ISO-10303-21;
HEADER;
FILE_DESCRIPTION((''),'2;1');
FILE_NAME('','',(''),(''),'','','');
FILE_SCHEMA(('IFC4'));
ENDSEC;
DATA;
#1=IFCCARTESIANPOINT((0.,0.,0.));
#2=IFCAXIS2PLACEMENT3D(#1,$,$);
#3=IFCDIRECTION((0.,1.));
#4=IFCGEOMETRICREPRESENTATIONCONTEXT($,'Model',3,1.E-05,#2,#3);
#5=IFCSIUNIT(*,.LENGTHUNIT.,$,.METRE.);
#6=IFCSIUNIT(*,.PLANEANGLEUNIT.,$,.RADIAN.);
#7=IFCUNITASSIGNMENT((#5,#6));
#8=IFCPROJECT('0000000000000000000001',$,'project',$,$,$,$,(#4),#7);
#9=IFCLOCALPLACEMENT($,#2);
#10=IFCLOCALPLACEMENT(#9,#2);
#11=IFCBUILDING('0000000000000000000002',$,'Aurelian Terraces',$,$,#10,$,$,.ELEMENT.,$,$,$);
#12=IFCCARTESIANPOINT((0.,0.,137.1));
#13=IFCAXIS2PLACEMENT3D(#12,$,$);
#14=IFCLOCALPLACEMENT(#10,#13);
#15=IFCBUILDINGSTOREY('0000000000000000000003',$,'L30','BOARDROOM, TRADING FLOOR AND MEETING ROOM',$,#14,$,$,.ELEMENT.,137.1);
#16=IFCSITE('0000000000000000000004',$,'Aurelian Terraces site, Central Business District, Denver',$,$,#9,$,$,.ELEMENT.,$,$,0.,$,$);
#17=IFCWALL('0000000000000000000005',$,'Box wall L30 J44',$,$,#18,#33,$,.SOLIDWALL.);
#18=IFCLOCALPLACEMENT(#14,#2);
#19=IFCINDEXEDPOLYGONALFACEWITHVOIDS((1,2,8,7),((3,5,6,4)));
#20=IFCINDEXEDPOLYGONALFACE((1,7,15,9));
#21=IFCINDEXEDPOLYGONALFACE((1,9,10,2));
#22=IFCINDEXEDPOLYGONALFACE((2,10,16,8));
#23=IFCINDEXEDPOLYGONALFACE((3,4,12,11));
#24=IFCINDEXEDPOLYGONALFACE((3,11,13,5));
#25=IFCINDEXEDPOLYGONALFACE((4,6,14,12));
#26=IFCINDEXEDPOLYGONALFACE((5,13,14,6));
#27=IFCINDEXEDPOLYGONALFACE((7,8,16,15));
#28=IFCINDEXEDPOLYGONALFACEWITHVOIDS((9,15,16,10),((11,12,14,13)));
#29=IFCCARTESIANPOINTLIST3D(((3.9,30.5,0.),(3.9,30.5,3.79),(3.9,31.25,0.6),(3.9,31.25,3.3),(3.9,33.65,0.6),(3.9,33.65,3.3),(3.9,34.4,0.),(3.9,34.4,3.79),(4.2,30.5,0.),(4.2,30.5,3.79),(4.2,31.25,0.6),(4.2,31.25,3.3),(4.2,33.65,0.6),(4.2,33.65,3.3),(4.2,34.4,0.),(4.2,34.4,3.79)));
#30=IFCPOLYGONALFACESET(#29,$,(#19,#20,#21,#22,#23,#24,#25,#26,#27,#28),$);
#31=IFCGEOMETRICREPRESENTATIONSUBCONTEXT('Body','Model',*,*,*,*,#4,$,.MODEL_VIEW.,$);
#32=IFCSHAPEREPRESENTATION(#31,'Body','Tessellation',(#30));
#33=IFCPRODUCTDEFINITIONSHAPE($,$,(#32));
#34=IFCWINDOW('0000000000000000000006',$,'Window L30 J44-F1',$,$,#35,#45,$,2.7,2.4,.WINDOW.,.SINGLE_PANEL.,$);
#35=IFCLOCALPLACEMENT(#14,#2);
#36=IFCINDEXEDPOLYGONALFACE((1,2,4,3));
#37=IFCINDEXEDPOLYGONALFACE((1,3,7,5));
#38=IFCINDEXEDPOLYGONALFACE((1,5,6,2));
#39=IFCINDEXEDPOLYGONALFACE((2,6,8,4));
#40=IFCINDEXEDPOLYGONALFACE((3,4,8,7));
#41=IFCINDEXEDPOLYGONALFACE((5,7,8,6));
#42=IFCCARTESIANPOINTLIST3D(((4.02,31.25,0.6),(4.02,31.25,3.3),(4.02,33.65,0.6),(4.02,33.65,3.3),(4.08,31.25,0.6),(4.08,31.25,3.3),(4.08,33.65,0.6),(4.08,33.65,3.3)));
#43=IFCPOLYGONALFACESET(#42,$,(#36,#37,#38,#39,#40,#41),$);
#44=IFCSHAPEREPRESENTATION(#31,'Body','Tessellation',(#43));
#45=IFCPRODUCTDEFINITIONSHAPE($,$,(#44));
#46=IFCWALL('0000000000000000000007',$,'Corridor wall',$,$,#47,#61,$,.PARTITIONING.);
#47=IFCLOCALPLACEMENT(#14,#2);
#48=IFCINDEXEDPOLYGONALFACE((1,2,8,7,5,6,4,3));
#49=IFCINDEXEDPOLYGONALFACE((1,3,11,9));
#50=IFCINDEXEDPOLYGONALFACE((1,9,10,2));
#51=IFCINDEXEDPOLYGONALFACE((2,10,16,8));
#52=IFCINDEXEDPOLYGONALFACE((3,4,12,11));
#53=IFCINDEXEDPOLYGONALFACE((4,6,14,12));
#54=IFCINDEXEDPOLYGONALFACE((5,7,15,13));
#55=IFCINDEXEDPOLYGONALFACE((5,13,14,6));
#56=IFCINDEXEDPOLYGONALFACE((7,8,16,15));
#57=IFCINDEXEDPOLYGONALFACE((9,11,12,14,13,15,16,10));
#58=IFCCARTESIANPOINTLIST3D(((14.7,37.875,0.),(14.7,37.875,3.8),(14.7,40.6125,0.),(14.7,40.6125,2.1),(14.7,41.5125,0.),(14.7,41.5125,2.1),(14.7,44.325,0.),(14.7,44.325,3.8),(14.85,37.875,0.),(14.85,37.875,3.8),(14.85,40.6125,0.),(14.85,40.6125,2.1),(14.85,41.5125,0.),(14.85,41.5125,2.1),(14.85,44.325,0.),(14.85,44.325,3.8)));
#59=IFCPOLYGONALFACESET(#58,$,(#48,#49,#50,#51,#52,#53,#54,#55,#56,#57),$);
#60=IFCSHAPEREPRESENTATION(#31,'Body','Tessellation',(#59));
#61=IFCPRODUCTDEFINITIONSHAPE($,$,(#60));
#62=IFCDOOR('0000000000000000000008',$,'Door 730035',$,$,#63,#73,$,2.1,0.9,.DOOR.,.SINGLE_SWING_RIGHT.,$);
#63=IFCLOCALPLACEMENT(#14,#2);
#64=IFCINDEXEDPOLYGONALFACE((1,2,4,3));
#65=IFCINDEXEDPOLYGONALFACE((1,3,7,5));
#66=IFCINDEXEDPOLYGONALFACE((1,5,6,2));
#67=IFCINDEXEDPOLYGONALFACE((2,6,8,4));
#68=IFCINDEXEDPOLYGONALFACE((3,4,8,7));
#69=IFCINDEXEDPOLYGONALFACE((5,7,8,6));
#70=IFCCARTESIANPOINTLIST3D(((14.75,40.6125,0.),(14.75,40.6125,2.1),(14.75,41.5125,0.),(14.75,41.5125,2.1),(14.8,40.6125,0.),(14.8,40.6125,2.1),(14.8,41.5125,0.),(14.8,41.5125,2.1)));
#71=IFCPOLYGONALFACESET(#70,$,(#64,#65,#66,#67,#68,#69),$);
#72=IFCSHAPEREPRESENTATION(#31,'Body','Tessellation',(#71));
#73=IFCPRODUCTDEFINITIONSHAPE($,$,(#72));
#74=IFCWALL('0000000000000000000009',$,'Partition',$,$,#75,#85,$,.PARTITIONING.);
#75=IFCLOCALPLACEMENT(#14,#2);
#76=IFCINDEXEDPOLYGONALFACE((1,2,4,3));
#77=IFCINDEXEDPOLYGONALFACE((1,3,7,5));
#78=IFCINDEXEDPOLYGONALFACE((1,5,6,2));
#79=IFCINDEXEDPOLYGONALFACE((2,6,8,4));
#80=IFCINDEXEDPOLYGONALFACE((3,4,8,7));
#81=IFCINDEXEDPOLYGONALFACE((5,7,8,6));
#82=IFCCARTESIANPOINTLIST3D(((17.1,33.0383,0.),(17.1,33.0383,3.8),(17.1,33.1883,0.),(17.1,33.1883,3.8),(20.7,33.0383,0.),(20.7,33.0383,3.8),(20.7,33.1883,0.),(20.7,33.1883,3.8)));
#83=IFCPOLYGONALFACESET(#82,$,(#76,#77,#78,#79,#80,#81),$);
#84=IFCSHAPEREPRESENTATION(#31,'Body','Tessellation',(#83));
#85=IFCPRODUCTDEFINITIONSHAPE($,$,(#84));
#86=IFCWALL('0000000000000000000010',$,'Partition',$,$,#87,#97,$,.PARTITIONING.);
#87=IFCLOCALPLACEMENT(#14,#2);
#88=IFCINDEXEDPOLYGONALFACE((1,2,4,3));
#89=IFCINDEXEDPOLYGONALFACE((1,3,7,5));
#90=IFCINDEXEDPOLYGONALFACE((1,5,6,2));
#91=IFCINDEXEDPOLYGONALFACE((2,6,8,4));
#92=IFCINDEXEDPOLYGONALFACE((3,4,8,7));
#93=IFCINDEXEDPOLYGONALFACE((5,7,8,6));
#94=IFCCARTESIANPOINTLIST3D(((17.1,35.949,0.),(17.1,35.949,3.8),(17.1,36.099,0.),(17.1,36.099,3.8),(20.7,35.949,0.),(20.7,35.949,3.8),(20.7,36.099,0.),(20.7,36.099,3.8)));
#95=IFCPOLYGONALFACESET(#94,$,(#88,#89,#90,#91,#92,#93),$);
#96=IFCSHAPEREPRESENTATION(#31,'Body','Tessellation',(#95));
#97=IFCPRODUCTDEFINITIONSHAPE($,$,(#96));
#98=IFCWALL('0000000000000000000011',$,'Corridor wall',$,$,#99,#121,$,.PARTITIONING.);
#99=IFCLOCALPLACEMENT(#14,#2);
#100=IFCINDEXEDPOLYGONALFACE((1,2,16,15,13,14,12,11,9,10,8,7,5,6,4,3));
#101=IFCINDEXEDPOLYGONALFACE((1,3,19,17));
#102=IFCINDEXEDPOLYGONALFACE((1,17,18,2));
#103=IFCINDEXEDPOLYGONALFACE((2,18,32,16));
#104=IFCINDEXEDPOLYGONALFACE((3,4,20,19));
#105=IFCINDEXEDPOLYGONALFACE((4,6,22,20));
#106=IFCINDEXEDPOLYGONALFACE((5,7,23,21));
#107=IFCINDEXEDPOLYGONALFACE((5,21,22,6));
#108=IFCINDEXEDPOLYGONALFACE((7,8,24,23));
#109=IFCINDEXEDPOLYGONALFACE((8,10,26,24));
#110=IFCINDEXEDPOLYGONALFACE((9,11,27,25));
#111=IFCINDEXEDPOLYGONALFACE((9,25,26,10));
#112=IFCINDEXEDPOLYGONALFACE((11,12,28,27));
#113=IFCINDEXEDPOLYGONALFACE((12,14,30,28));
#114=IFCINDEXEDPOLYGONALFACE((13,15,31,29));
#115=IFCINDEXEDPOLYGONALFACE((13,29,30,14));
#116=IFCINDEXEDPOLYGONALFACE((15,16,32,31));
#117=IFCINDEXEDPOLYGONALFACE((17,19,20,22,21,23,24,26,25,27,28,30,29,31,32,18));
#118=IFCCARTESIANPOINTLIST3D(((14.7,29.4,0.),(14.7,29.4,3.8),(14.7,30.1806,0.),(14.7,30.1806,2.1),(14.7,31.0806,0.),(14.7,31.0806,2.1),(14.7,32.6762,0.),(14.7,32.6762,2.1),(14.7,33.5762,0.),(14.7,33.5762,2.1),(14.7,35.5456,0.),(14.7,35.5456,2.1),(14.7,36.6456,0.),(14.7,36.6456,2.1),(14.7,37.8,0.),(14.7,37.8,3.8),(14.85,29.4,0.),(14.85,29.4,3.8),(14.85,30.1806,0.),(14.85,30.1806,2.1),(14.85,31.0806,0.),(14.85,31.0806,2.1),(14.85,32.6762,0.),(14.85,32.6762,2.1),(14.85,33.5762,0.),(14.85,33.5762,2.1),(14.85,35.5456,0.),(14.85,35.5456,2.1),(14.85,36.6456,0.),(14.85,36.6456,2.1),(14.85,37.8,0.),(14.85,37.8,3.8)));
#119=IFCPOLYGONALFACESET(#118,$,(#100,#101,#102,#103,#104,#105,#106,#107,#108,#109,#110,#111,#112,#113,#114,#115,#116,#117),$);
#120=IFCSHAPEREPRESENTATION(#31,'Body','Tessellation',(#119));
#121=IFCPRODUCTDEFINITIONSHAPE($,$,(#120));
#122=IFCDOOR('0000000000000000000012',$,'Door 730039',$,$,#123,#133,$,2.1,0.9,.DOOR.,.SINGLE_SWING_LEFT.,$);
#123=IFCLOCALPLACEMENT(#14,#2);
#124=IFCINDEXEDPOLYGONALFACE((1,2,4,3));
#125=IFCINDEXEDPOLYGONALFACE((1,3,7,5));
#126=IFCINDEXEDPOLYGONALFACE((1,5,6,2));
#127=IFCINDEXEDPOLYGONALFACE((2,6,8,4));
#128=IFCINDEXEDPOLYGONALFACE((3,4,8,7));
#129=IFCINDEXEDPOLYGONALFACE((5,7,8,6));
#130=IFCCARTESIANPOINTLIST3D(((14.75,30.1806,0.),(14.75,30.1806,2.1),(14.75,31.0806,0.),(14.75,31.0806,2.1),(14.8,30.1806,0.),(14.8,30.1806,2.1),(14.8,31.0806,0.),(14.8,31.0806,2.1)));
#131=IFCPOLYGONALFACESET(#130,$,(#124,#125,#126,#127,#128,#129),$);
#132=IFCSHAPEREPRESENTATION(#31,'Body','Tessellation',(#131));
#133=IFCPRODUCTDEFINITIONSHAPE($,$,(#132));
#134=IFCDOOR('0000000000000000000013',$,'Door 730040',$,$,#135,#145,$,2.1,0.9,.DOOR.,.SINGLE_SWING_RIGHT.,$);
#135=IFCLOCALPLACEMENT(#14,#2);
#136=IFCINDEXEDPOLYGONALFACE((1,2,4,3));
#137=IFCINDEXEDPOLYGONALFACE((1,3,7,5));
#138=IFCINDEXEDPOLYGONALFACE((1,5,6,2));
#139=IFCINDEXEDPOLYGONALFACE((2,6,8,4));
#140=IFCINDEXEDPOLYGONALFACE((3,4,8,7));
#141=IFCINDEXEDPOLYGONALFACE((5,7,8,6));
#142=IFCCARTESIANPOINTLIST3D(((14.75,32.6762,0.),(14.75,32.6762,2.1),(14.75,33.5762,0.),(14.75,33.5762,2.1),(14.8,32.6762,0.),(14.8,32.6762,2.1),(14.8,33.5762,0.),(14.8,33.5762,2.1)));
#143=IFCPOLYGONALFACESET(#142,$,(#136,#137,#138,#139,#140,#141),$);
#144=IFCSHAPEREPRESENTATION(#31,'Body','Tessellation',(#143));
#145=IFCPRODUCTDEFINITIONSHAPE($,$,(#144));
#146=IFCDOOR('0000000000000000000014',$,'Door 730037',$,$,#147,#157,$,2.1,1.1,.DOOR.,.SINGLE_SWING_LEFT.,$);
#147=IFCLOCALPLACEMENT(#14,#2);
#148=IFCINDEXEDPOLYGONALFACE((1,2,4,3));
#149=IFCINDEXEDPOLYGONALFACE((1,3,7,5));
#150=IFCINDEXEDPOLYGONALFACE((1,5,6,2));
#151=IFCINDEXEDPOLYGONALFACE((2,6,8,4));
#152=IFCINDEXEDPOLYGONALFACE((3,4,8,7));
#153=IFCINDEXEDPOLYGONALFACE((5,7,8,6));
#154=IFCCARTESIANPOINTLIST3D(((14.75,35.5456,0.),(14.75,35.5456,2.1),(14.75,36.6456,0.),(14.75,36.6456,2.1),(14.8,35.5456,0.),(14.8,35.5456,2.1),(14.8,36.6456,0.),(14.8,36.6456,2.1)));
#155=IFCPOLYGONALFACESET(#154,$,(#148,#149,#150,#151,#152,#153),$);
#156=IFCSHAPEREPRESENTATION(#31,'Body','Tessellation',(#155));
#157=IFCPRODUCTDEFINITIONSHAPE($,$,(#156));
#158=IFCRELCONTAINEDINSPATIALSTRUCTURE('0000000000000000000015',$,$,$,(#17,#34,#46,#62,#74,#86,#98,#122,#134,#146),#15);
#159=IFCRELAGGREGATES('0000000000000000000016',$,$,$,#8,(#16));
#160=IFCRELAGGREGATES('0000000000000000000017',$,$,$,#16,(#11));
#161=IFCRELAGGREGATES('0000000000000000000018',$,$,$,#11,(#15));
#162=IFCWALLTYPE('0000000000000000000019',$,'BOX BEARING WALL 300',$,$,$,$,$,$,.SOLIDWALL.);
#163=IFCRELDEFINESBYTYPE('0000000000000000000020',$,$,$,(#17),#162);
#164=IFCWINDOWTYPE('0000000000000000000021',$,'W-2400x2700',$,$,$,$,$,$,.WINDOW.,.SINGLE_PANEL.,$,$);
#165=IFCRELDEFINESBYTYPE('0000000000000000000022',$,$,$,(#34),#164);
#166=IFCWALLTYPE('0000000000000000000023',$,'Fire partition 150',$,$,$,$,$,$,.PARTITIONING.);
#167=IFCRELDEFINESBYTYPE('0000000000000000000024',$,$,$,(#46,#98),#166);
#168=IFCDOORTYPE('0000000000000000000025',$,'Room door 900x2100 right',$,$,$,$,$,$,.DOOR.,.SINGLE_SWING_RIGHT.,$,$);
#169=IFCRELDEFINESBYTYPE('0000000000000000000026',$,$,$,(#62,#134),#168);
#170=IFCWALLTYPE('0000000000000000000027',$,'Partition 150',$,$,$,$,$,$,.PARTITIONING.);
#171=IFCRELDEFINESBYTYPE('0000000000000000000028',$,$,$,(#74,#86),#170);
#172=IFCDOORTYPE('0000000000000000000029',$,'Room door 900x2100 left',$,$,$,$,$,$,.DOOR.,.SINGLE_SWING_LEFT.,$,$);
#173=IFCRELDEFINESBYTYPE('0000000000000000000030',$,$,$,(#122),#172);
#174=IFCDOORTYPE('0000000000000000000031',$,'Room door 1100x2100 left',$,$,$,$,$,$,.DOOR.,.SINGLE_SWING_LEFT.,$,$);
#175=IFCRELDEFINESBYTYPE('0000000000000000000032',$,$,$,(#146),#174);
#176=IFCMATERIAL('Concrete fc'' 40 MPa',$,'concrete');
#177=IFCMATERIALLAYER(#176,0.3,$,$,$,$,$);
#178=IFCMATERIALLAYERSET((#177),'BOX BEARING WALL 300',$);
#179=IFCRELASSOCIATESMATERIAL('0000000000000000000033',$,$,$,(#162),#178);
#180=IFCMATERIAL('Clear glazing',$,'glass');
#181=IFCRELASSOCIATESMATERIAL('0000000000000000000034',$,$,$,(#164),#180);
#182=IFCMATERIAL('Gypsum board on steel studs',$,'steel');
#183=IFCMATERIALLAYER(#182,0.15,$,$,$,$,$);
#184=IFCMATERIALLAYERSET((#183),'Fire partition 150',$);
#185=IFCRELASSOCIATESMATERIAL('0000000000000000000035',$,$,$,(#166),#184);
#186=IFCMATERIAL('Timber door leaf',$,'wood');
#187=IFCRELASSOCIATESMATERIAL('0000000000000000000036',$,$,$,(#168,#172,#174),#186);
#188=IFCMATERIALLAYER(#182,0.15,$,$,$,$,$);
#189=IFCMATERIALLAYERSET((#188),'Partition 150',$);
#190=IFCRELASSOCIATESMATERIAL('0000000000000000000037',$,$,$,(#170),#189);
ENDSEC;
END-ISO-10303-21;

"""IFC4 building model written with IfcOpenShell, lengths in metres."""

from ifc_helpers import new_model, si_unit, direction, frame, frame_2d, origin, place, context, subcontext, project, spatial, rectangle, extrude, source, transform, mapped, material, layer, layer_set, type_object, element, fill, save


model = new_model("IFC4")

# Units and contexts
model_context = context("Model", 3, precision=1e-05, world=origin(), true_north=direction((0.0, 1.0)))
body_context = subcontext(model_context, "Body", "Model", "MODEL_VIEW")
ifc_project = project(units=[si_unit("LENGTHUNIT", "METRE"), si_unit("PLANEANGLEUNIT", "RADIAN")], contexts=[model_context])

# Site, building, storey
site_placement = place(None, origin())
site = spatial("IfcSite", under=ifc_project, at=site_placement, Name="Aurelian Terraces site, Central Business District, Denver", CompositionType="ELEMENT", RefElevation=0.0)
building_placement = place(site_placement, origin())
building = spatial("IfcBuilding", under=site, at=building_placement, Name="Aurelian Terraces", CompositionType="ELEMENT")
storey_placement = place(building_placement, frame((0.0, 0.0, 137.1)))
storey = spatial("IfcBuildingStorey", under=building, at=storey_placement, Name="L30", Description="BOARDROOM, TRADING FLOOR AND MEETING ROOM", CompositionType="ELEMENT", Elevation=137.1)

# Shared definitions
ifc_material_1 = material(Name="Concrete fc' 40 MPa", Category="concrete")

# Shared definitions
ifc_material_2 = material(Name="Clear glazing", Category="glass")
ifc_material_3 = material(Name="Timber door leaf", Category="wood")

# Wall, opening, window
ifc_layer_1 = layer(ifc_material_1, 0.3)
ifc_layer_set_1 = layer_set([ifc_layer_1], Name="BOX BEARING WALL 300")
wall_type_1 = type_object("IfcWallType", Name="BOX BEARING WALL 300", PredefinedType="SOLIDWALL", material=ifc_layer_set_1)
shared_shape_1 = source(origin(), body_context, "Body", "SweptSolid", [
    extrude(rectangle(XDim=3.9, YDim=0.3, at=frame_2d((1.95, 0.0))), origin(), (0.0, 0.0, 1.0), 3.79),
])
wall_1_placement = place(storey_placement, frame((4.05, 34.4, 0.0), z_axis=(0.0, 0.0, 1.0), x_axis=(0.0, -1.0, 0.0)))
wall_1 = element("IfcWall", 1, at=wall_1_placement, inside=storey, type_object=wall_type_1, Name="Box wall L30 J44", PredefinedType="SOLIDWALL", context=body_context, shape_type="MappedRepresentation", body=[
    mapped(shared_shape_1, transform((0.0, 0.0, 0.0), scale=1.0)),
])
shared_shape_2 = source(origin(), body_context, "Body", "SweptSolid", [
    extrude(rectangle(XDim=2.4, YDim=2.7, at=frame_2d((1.2, 1.35))), frame((0.0, 0.16, 0.0), z_axis=(0.0, -1.0, 0.0), x_axis=(1.0, 0.0, 0.0)), (0.0, 0.0, 1.0), 0.32),
])
opening_1_placement = place(wall_1_placement, frame((0.75, 0.0, 0.6)))
opening_1 = element("IfcOpeningElement", 2, at=opening_1_placement, cuts=wall_1, PredefinedType="OPENING", context=body_context, shape_type="MappedRepresentation", body=[
    mapped(shared_shape_2, transform((0.0, 0.0, 0.0), scale=1.0)),
])
window_type_1 = type_object("IfcWindowType", Name="W-2400x2700", PartitioningType="SINGLE_PANEL", PredefinedType="WINDOW", material=ifc_material_2)
shared_shape_3 = source(origin(), body_context, "Body", "SweptSolid", [
    extrude(rectangle(XDim=2.4, YDim=2.7, at=frame_2d((1.2, 1.35))), frame((0.0, 0.03, 0.0), z_axis=(0.0, -1.0, 0.0), x_axis=(1.0, 0.0, 0.0)), (0.0, 0.0, 1.0), 0.06),
])
window_1_placement = place(opening_1_placement, origin())
window_1 = element("IfcWindow", 3, at=window_1_placement, inside=storey, type_object=window_type_1, Name="Window L30 J44-F1", OverallHeight=2.7, OverallWidth=2.4, PartitioningType="SINGLE_PANEL", PredefinedType="WINDOW", context=body_context, shape_type="MappedRepresentation", body=[
    mapped(shared_shape_3, transform((0.0, 0.0, 0.0), scale=1.0)),
])
fill(opening_1, window_1)

# Wall, opening, door
ifc_material_4 = material(Name="Gypsum board on steel studs", Category="steel")
ifc_layer_2 = layer(ifc_material_4, 0.15)
ifc_layer_set_2 = layer_set([ifc_layer_2], Name="Fire partition 150")
wall_type_2 = type_object("IfcWallType", Name="Fire partition 150", PredefinedType="PARTITIONING", material=ifc_layer_set_2)
shared_shape_4 = source(origin(), body_context, "Body", "SweptSolid", [
    extrude(rectangle(XDim=6.45, YDim=0.15, at=frame_2d((3.225, 0.0))), origin(), (0.0, 0.0, 1.0), 3.8),
])
wall_2_placement = place(storey_placement, frame((14.775, 37.875, 0.0), z_axis=(0.0, 0.0, 1.0), x_axis=(0.0, 1.0, 0.0)))
wall_2 = element("IfcWall", 4, at=wall_2_placement, inside=storey, type_object=wall_type_2, Name="Corridor wall", PredefinedType="PARTITIONING", context=body_context, shape_type="MappedRepresentation", body=[
    mapped(shared_shape_4, transform((0.0, 0.0, 0.0), scale=1.0)),
])
shared_shape_5 = source(origin(), body_context, "Body", "SweptSolid", [
    extrude(rectangle(XDim=0.9, YDim=2.1, at=frame_2d((0.45, 1.05))), frame((0.0, 0.085, 0.0), z_axis=(0.0, -1.0, 0.0), x_axis=(1.0, 0.0, 0.0)), (0.0, 0.0, 1.0), 0.17),
])
opening_2_placement = place(wall_2_placement, frame((2.7375, 0.0, 0.0)))
opening_2 = element("IfcOpeningElement", 5, at=opening_2_placement, cuts=wall_2, PredefinedType="OPENING", context=body_context, shape_type="MappedRepresentation", body=[
    mapped(shared_shape_5, transform((0.0, 0.0, 0.0), scale=1.0)),
])
door_type_1 = type_object("IfcDoorType", Name="Room door 900x2100 right", OperationType="SINGLE_SWING_RIGHT", PredefinedType="DOOR", material=ifc_material_3)
shared_shape_6 = source(origin(), body_context, "Body", "SweptSolid", [
    extrude(rectangle(XDim=0.9, YDim=2.1, at=frame_2d((0.45, 1.05))), frame((0.0, 0.025, 0.0), z_axis=(0.0, -1.0, 0.0), x_axis=(1.0, 0.0, 0.0)), (0.0, 0.0, 1.0), 0.05),
])
door_1_placement = place(opening_2_placement, origin())
door_1 = element("IfcDoor", 6, at=door_1_placement, inside=storey, type_object=door_type_1, Name="Door 730035", OperationType="SINGLE_SWING_RIGHT", OverallHeight=2.1, OverallWidth=0.9, PredefinedType="DOOR", context=body_context, shape_type="MappedRepresentation", body=[
    mapped(shared_shape_6, transform((0.0, 0.0, 0.0), scale=1.0)),
])
fill(opening_2, door_1)

# Walls
ifc_layer_3 = layer(ifc_material_4, 0.15)
ifc_layer_set_3 = layer_set([ifc_layer_3], Name="Partition 150")
wall_type_3 = type_object("IfcWallType", Name="Partition 150", PredefinedType="PARTITIONING", material=ifc_layer_set_3)
shared_shape_7 = source(origin(), body_context, "Body", "SweptSolid", [
    extrude(rectangle(XDim=3.6, YDim=0.15, at=frame_2d((1.8, 0.0))), origin(), (0.0, 0.0, 1.0), 3.8),
])
for number, where, z_axis, x_axis, name in (
    (7, (17.1, 33.1133, 0.0), (0.0, 0.0, 1.0), (1.0, 0.0, 0.0), "Partition"),
    (8, (17.1, 36.024, 0.0), (0.0, 0.0, 1.0), (1.0, 0.0, 0.0), "Partition"),
):
    element("IfcWall", number, at=place(storey_placement, frame(where, z_axis=z_axis, x_axis=x_axis)), inside=storey, type_object=wall_type_3, Name=name, PredefinedType="PARTITIONING", context=body_context, shape_type="MappedRepresentation", body=[
        mapped(shared_shape_7, transform((0.0, 0.0, 0.0), scale=1.0)),
    ])

# Wall, openings, doors
shared_shape_8 = source(origin(), body_context, "Body", "SweptSolid", [
    extrude(rectangle(XDim=8.4, YDim=0.15, at=frame_2d((4.2, 0.0))), origin(), (0.0, 0.0, 1.0), 3.8),
])
wall_3_placement = place(storey_placement, frame((14.775, 29.4, 0.0), z_axis=(0.0, 0.0, 1.0), x_axis=(0.0, 1.0, 0.0)))
wall_3 = element("IfcWall", 9, at=wall_3_placement, inside=storey, type_object=wall_type_2, Name="Corridor wall", PredefinedType="PARTITIONING", context=body_context, shape_type="MappedRepresentation", body=[
    mapped(shared_shape_8, transform((0.0, 0.0, 0.0), scale=1.0)),
])
shared_shape_9 = source(origin(), body_context, "Body", "SweptSolid", [
    extrude(rectangle(XDim=1.1, YDim=2.1, at=frame_2d((0.55, 1.05))), frame((0.0, 0.085, 0.0), z_axis=(0.0, -1.0, 0.0), x_axis=(1.0, 0.0, 0.0)), (0.0, 0.0, 1.0), 0.17),
])
opening_3_placement = place(wall_3_placement, frame((6.1456, 0.0, 0.0)))
opening_3 = element("IfcOpeningElement", 10, at=opening_3_placement, cuts=wall_3, PredefinedType="OPENING", context=body_context, shape_type="MappedRepresentation", body=[
    mapped(shared_shape_9, transform((0.0, 0.0, 0.0), scale=1.0)),
])
opening_4_placement = place(wall_3_placement, frame((0.7806, 0.0, 0.0)))
opening_4 = element("IfcOpeningElement", 11, at=opening_4_placement, cuts=wall_3, PredefinedType="OPENING", context=body_context, shape_type="MappedRepresentation", body=[
    mapped(shared_shape_5, transform((0.0, 0.0, 0.0), scale=1.0)),
])
opening_5_placement = place(wall_3_placement, frame((3.2762, 0.0, 0.0)))
opening_5 = element("IfcOpeningElement", 12, at=opening_5_placement, cuts=wall_3, PredefinedType="OPENING", context=body_context, shape_type="MappedRepresentation", body=[
    mapped(shared_shape_5, transform((0.0, 0.0, 0.0), scale=1.0)),
])
door_type_2 = type_object("IfcDoorType", Name="Room door 900x2100 left", OperationType="SINGLE_SWING_LEFT", PredefinedType="DOOR", material=ifc_material_3)
door_2_placement = place(opening_4_placement, origin())
door_2 = element("IfcDoor", 13, at=door_2_placement, inside=storey, type_object=door_type_2, Name="Door 730039", OperationType="SINGLE_SWING_LEFT", OverallHeight=2.1, OverallWidth=0.9, PredefinedType="DOOR", context=body_context, shape_type="MappedRepresentation", body=[
    mapped(shared_shape_6, transform((0.0, 0.0, 0.0), scale=1.0)),
])
fill(opening_4, door_2)
door_3_placement = place(opening_5_placement, origin())
door_3 = element("IfcDoor", 14, at=door_3_placement, inside=storey, type_object=door_type_1, Name="Door 730040", OperationType="SINGLE_SWING_RIGHT", OverallHeight=2.1, OverallWidth=0.9, PredefinedType="DOOR", context=body_context, shape_type="MappedRepresentation", body=[
    mapped(shared_shape_6, transform((0.0, 0.0, 0.0), scale=1.0)),
])
fill(opening_5, door_3)
door_type_3 = type_object("IfcDoorType", Name="Room door 1100x2100 left", OperationType="SINGLE_SWING_LEFT", PredefinedType="DOOR", material=ifc_material_3)
shared_shape_10 = source(origin(), body_context, "Body", "SweptSolid", [
    extrude(rectangle(XDim=1.1, YDim=2.1, at=frame_2d((0.55, 1.05))), frame((0.0, 0.025, 0.0), z_axis=(0.0, -1.0, 0.0), x_axis=(1.0, 0.0, 0.0)), (0.0, 0.0, 1.0), 0.05),
])
door_4_placement = place(opening_3_placement, origin())
door_4 = element("IfcDoor", 15, at=door_4_placement, inside=storey, type_object=door_type_3, Name="Door 730037", OperationType="SINGLE_SWING_LEFT", OverallHeight=2.1, OverallWidth=1.1, PredefinedType="DOOR", context=body_context, shape_type="MappedRepresentation", body=[
    mapped(shared_shape_10, transform((0.0, 0.0, 0.0), scale=1.0)),
])
fill(opening_3, door_4)

save(model, "model.ifc")
